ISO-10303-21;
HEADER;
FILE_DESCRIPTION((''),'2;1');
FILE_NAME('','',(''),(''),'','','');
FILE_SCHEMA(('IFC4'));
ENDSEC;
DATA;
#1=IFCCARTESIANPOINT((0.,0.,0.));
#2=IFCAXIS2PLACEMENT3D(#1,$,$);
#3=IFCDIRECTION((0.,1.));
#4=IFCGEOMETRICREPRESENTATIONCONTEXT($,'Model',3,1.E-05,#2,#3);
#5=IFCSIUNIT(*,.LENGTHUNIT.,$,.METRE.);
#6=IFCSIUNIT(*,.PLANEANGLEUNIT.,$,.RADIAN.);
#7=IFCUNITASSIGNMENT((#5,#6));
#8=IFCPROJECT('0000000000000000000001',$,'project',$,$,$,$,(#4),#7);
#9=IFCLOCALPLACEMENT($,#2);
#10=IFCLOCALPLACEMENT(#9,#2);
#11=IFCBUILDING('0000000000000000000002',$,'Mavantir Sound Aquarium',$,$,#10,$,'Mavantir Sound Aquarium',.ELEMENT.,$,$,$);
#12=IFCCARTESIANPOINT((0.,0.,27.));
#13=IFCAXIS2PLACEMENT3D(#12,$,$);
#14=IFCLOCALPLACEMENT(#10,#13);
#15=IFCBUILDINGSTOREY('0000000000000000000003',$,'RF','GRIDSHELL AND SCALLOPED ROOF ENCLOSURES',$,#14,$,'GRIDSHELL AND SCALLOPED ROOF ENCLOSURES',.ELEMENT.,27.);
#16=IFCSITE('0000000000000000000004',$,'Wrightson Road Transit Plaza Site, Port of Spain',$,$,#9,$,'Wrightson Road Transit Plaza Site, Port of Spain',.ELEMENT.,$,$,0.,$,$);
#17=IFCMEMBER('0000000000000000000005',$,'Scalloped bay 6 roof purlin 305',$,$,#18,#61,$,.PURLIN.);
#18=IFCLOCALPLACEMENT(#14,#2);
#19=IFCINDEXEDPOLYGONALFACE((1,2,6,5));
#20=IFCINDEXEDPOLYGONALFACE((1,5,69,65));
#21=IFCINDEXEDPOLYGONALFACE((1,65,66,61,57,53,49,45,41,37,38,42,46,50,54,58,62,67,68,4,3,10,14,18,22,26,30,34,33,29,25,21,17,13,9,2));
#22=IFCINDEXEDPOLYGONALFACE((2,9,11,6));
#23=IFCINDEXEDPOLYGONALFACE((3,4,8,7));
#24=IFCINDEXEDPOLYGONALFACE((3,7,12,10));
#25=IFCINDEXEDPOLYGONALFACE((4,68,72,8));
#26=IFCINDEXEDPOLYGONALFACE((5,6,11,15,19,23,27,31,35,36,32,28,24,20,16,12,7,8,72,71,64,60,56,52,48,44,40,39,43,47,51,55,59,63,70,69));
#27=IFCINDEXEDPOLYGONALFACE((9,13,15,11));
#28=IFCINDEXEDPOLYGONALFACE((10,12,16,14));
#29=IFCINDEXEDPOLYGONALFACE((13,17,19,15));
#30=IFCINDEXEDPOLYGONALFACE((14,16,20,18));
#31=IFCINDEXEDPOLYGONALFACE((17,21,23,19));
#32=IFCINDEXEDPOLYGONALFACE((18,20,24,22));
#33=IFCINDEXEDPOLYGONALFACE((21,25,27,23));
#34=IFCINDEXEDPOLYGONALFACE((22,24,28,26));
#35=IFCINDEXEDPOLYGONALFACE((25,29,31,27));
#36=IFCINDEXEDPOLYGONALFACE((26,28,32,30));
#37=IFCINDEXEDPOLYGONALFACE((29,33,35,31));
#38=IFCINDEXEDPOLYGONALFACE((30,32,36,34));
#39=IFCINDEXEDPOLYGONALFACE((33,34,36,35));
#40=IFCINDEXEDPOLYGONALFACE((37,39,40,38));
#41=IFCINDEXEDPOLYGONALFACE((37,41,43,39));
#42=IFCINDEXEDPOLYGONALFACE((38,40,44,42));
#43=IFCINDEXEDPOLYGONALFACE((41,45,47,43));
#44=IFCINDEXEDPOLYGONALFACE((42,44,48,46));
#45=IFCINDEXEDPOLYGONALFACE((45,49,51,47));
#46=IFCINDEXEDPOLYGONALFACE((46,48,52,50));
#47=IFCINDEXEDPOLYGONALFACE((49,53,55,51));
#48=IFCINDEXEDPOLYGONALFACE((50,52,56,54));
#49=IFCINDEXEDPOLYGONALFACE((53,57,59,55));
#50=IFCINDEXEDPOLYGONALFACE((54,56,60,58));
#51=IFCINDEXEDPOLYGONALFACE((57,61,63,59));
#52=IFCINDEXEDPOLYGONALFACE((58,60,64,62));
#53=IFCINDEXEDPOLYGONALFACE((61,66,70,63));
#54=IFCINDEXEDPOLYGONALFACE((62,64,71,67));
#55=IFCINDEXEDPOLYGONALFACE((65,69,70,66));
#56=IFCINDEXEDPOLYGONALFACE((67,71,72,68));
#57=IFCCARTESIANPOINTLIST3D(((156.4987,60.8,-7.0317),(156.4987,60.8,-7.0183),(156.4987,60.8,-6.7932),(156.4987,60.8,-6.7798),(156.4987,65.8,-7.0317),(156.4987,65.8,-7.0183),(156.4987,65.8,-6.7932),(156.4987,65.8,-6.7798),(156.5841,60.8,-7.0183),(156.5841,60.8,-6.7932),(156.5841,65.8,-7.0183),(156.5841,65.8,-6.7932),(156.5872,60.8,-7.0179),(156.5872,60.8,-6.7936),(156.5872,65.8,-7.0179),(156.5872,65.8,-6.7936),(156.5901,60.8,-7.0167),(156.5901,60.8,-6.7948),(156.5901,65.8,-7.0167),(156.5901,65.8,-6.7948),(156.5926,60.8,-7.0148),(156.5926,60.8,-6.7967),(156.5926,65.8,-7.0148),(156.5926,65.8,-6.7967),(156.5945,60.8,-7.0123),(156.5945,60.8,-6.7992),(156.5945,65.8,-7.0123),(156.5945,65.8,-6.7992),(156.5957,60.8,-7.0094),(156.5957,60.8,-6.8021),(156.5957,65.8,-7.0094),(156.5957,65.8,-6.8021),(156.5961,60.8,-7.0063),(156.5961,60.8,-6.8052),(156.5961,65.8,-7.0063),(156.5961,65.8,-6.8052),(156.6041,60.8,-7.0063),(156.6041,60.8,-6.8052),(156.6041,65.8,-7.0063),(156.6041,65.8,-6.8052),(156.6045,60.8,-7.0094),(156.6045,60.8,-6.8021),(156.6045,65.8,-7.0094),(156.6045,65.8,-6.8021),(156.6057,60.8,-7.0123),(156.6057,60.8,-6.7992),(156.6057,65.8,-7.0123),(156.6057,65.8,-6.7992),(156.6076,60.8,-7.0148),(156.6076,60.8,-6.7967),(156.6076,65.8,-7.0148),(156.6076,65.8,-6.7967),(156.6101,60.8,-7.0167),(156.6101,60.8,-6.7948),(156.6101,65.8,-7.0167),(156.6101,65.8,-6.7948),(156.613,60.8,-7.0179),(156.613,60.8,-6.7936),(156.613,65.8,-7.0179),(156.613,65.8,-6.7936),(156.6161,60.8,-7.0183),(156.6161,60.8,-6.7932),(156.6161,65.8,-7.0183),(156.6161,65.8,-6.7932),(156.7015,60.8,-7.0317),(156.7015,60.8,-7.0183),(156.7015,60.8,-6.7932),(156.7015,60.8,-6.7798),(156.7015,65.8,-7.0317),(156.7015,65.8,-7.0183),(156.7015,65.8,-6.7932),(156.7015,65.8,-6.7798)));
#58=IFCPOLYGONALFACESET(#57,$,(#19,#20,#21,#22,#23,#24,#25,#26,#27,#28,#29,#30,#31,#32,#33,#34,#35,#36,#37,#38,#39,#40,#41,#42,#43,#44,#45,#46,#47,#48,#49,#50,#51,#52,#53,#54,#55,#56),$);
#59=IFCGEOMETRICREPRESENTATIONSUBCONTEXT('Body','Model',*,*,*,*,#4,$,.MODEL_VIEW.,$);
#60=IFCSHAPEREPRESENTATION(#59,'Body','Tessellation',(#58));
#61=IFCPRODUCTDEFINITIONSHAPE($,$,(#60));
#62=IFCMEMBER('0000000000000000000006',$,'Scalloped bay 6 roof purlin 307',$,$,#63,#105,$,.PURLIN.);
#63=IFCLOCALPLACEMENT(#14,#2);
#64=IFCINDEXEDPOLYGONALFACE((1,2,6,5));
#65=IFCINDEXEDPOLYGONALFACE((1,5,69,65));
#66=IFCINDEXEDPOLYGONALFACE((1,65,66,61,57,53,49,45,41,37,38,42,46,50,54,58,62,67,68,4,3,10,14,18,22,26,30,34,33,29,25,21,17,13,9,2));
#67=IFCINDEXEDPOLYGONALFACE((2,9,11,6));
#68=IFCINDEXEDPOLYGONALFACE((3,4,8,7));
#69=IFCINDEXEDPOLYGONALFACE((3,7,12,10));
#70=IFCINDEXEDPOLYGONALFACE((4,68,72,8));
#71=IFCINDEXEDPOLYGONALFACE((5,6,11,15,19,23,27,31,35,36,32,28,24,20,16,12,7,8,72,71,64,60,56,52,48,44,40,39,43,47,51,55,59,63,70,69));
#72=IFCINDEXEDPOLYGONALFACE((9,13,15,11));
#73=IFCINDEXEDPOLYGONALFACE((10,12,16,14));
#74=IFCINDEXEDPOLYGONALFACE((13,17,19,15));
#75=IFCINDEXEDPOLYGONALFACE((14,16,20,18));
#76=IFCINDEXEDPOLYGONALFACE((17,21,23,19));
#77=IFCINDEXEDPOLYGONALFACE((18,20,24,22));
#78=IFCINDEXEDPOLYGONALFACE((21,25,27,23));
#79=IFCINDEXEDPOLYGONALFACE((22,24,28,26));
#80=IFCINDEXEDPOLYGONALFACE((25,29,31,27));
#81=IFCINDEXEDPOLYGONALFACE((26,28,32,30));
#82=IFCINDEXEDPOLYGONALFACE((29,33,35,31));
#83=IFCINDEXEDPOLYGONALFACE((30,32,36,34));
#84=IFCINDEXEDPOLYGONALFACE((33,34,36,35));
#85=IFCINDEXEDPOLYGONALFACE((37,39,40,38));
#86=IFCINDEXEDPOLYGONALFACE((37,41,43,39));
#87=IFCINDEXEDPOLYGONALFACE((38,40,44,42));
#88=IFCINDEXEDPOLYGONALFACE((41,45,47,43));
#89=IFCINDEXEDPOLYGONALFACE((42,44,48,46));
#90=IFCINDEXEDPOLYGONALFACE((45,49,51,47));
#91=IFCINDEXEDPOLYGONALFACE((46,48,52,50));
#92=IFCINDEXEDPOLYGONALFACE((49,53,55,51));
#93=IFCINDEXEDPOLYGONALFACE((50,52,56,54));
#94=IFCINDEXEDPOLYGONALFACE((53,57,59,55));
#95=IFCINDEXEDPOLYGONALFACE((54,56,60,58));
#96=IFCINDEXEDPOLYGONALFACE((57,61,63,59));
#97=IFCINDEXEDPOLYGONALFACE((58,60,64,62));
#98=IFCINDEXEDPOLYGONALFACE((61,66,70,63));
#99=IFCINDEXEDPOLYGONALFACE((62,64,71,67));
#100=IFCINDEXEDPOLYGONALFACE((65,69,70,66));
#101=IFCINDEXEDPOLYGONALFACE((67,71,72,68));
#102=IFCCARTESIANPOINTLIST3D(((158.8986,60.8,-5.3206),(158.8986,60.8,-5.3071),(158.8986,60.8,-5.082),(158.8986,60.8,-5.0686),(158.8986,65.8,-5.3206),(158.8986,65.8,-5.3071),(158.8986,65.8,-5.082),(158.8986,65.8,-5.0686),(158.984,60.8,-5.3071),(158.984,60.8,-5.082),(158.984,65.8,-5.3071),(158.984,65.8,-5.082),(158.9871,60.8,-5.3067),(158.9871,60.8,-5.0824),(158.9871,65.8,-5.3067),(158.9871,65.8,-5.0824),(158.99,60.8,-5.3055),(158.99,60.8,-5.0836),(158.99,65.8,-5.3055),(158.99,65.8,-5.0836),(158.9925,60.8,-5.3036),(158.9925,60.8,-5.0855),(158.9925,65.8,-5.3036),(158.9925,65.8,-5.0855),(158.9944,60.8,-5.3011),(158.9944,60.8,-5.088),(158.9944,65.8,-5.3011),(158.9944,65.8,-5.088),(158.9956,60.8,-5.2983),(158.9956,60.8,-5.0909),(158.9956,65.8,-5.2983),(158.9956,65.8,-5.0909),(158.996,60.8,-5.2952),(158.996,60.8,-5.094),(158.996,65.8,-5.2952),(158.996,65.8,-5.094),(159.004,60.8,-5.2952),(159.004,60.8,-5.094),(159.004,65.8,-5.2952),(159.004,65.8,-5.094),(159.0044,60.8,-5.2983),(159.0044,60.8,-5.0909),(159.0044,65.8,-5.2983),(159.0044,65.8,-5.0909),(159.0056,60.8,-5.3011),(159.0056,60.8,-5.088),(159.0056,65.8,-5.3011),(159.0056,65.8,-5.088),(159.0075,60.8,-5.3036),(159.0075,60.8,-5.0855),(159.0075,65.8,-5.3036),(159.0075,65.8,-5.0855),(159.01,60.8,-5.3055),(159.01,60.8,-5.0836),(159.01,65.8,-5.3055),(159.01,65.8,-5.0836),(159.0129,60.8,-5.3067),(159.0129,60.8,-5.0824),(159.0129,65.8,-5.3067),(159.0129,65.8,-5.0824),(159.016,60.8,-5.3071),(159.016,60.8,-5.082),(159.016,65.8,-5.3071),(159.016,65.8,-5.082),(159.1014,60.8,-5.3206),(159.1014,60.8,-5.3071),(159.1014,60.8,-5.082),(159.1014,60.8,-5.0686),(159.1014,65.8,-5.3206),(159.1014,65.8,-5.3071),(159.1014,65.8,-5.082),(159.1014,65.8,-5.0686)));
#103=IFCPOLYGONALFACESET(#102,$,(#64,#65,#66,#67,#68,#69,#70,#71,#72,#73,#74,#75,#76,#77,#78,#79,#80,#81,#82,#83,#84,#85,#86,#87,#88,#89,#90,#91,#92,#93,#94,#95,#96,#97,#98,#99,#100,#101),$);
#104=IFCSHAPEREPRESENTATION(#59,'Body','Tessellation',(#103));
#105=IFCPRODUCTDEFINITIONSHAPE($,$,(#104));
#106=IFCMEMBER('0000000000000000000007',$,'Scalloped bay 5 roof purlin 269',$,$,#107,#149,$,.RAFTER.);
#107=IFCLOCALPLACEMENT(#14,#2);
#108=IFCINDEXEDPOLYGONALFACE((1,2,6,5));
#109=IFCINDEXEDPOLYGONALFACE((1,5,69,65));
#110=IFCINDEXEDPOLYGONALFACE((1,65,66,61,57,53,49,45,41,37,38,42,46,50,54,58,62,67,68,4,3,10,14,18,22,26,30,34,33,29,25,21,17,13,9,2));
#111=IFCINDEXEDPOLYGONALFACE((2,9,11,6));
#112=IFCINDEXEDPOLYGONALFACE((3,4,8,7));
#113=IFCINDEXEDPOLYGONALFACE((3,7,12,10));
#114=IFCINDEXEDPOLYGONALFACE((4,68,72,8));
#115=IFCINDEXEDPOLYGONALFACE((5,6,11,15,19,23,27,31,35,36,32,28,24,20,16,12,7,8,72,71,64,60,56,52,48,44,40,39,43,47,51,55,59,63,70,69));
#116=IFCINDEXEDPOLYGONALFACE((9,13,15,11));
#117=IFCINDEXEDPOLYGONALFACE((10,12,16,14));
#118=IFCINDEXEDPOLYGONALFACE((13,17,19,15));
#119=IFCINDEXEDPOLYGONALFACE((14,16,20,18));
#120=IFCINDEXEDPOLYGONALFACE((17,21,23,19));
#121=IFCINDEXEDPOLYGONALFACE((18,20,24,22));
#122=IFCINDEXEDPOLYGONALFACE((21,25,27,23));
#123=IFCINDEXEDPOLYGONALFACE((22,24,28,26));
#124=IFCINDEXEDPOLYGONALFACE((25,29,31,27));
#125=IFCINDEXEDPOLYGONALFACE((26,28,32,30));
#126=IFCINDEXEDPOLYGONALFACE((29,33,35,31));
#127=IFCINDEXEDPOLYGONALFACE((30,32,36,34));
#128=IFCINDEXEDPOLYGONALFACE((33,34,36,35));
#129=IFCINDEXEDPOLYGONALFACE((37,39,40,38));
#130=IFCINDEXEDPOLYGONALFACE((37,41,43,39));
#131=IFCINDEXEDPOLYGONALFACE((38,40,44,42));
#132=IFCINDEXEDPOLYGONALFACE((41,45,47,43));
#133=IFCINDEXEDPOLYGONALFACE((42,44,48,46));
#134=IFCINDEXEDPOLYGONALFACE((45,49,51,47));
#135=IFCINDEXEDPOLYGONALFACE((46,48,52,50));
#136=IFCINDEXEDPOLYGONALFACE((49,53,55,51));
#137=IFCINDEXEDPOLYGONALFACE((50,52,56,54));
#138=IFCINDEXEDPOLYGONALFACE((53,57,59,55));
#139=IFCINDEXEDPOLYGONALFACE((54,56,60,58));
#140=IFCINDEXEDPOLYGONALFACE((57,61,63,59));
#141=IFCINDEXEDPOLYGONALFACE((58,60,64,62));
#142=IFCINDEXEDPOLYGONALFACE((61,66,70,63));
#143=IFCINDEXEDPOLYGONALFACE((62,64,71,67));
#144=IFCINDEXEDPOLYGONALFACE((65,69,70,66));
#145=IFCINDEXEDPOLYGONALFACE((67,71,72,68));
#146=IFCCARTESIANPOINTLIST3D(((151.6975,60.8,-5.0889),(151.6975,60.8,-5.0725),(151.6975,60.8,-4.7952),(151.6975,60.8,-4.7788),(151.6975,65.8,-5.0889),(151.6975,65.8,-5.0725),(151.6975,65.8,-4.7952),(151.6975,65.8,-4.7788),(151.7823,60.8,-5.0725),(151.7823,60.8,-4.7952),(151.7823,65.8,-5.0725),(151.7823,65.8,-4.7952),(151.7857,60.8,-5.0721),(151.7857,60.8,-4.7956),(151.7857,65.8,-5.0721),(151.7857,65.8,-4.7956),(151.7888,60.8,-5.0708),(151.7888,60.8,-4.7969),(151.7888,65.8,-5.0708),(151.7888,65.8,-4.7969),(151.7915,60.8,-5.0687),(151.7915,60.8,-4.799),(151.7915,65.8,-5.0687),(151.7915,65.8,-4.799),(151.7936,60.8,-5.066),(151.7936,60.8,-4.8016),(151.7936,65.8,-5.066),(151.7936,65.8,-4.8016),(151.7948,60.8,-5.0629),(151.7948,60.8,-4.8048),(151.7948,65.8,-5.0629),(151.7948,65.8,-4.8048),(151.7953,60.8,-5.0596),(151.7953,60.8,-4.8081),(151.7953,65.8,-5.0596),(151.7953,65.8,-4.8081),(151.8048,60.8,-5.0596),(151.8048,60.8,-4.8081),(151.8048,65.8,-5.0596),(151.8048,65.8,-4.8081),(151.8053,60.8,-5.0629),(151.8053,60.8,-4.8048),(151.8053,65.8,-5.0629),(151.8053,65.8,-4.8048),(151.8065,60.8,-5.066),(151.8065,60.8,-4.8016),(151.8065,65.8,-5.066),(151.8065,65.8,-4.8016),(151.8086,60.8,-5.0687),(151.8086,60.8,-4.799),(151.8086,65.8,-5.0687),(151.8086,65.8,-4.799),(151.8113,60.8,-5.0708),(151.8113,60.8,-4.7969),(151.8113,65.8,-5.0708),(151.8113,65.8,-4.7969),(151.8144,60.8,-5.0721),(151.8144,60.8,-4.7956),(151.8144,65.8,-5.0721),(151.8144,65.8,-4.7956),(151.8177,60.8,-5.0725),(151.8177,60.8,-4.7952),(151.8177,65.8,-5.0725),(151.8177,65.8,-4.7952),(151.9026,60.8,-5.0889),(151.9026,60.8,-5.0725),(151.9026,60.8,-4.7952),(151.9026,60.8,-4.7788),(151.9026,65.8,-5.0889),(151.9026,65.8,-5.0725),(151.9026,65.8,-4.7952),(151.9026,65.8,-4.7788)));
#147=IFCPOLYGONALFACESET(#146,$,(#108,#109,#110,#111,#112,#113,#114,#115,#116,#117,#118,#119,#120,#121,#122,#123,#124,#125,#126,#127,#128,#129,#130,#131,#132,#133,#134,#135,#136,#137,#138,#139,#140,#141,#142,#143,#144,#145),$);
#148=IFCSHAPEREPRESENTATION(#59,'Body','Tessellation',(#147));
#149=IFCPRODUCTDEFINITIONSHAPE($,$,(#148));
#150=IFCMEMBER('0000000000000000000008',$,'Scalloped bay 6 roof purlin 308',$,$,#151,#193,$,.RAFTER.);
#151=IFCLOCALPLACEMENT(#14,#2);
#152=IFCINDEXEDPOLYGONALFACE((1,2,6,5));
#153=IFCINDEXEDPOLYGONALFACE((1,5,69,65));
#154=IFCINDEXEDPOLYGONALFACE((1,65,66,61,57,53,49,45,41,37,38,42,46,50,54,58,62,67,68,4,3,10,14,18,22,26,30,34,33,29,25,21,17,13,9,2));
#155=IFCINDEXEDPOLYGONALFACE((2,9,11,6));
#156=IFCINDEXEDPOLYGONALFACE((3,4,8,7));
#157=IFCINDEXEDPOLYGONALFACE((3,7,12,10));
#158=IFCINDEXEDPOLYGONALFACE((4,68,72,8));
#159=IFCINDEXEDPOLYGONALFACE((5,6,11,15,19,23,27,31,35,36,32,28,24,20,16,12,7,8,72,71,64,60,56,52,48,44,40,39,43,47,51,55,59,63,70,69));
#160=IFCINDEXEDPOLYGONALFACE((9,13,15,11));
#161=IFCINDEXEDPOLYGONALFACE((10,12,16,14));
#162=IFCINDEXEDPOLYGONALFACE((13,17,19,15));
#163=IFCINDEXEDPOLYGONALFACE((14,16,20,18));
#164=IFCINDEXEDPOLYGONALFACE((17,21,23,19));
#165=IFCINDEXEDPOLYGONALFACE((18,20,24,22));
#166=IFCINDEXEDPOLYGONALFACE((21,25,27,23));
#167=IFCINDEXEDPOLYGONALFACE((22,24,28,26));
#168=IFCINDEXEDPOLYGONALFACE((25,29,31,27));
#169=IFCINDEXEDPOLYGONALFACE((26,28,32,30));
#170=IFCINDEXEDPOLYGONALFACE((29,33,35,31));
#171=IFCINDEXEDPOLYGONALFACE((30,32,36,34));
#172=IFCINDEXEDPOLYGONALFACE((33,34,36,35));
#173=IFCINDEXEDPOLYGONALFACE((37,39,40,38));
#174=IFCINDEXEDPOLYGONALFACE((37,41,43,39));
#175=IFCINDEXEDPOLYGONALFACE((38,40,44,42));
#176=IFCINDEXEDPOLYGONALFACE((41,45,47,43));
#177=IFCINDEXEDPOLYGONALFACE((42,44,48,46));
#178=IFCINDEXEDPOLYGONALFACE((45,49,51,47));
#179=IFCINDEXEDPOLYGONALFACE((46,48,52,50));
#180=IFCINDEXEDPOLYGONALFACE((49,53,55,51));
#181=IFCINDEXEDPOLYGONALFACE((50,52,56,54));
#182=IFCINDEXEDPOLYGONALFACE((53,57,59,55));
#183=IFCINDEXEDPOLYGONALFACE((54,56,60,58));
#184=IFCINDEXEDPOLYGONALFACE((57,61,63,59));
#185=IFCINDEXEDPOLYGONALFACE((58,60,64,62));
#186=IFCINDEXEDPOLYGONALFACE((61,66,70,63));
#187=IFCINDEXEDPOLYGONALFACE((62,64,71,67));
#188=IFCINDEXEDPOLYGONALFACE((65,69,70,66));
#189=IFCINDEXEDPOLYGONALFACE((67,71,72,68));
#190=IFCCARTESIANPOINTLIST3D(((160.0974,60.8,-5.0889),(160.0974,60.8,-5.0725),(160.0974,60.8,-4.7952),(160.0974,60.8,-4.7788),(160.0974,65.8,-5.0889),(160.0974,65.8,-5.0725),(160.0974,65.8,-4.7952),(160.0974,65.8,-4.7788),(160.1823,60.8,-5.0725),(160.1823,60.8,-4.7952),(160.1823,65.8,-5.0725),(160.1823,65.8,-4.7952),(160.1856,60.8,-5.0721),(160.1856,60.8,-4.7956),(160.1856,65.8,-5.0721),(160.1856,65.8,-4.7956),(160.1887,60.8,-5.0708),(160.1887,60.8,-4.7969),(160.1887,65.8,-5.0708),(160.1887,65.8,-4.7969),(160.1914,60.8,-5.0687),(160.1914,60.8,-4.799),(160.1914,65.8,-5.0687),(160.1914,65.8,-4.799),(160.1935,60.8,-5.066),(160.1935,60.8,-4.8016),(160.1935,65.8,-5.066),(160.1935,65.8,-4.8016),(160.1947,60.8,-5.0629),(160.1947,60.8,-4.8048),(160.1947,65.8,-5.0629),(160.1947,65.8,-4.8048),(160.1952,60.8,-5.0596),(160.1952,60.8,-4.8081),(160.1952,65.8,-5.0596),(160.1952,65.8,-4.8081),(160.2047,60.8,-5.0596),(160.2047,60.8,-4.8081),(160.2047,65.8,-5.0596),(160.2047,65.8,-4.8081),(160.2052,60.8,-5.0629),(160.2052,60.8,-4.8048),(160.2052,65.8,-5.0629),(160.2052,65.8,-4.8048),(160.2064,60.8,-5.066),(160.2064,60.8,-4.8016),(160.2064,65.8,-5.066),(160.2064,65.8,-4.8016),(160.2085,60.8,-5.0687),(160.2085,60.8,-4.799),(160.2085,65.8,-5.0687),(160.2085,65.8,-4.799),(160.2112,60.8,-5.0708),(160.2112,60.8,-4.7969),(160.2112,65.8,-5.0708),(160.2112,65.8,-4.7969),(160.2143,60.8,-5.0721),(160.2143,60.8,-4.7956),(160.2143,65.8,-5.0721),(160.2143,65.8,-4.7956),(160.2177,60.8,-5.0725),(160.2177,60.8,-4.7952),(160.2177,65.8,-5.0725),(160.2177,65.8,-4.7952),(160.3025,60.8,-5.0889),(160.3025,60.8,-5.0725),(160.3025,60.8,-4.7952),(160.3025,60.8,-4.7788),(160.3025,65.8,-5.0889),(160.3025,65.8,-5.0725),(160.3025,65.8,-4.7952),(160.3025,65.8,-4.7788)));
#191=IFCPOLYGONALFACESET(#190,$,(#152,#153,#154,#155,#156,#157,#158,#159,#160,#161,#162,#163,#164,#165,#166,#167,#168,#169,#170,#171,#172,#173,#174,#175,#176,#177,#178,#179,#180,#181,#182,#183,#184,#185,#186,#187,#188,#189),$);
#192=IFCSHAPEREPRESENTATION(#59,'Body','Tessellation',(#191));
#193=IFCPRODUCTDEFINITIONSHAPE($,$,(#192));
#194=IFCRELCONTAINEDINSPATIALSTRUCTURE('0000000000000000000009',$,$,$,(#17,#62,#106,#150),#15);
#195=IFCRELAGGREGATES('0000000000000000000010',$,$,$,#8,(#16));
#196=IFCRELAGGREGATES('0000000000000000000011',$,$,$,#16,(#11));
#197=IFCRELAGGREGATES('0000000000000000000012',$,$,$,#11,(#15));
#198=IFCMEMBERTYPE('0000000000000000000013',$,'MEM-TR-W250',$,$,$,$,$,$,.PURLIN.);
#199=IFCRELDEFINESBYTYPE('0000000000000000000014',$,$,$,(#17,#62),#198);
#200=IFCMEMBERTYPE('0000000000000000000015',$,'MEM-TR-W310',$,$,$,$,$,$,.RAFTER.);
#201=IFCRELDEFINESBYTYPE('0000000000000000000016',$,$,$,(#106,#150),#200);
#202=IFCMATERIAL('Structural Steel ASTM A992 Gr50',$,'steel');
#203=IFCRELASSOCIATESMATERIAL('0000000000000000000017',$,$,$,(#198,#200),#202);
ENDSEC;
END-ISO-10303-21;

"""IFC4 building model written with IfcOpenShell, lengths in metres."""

from ifc_helpers import new_model, si_unit, direction, frame, origin, origin_2d, place, context, subcontext, project, spatial, i_section, extrude, material, material_profile, profile_set, type_object, element, save


model = new_model("IFC4")

# Units and contexts
model_context = context("Model", 3, precision=1e-05, world=origin(), true_north=direction((0.0, 1.0)))
body_context = subcontext(model_context, "Body", "Model", "MODEL_VIEW")
ifc_project = project(units=[si_unit("LENGTHUNIT", "METRE"), si_unit("PLANEANGLEUNIT", "RADIAN")], contexts=[model_context])

# Site, building, storey
site_placement = place(None, origin())
site = spatial("IfcSite", under=ifc_project, at=site_placement, Name="Wrightson Road Transit Plaza Site, Port of Spain", LongName="Wrightson Road Transit Plaza Site, Port of Spain", CompositionType="ELEMENT", RefElevation=0.0)
building_placement = place(site_placement, origin())
building = spatial("IfcBuilding", under=site, at=building_placement, Name="Mavantir Sound Aquarium", LongName="Mavantir Sound Aquarium", CompositionType="ELEMENT")
storey_placement = place(building_placement, frame((0.0, 0.0, 27.0)))
storey = spatial("IfcBuildingStorey", under=building, at=storey_placement, Name="RF", Description="GRIDSHELL AND SCALLOPED ROOF ENCLOSURES", LongName="GRIDSHELL AND SCALLOPED ROOF ENCLOSURES", CompositionType="ELEMENT", Elevation=27.0)

# Shared definitions
ifc_material_1 = material(Name="Structural Steel ASTM A992 Gr50", Category="steel")

# Members
ifc_material_profile_1 = material_profile(ifc_material_1, i_section(OverallWidth=0.2029, OverallDepth=0.252, WebThickness=0.0081, FlangeThickness=0.0134, FilletRadius=0.012, at=origin_2d()), Name="W250X58")
ifc_profile_set_1 = profile_set([ifc_material_profile_1], Name="Structural Steel ASTM A992 Gr50")
member_type_1 = type_object("IfcMemberType", Name="MEM-TR-W250", PredefinedType="PURLIN", material=ifc_profile_set_1)
for number, where, z_axis, x_axis, name in (
    (1, (156.6001, 60.8, -6.9058), (0.0, 1.0, 0.0), (-1.0, 0.0, 0.0), "Scalloped bay 6 roof purlin 305"),
    (2, (159.0, 60.8, -5.1946), (0.0, 1.0, 0.0), (-1.0, 0.0, 0.0), "Scalloped bay 6 roof purlin 307"),
):
    element("IfcMember", number, at=place(storey_placement, frame(where, z_axis=z_axis, x_axis=x_axis)), inside=storey, type_object=member_type_1, Name=name, PredefinedType="PURLIN", context=body_context, shape_type="SweptSolid", body=[
        extrude(i_section(OverallWidth=0.2029, OverallDepth=0.252, WebThickness=0.0081, FlangeThickness=0.0134, FilletRadius=0.012, at=origin_2d()), origin(), (0.0, 0.0, 1.0), 5.0),
    ])
ifc_material_profile_2 = material_profile(ifc_material_1, i_section(OverallWidth=0.2051, OverallDepth=0.3101, WebThickness=0.0095, FlangeThickness=0.0164, FilletRadius=0.0129, at=origin_2d()), Name="W310X74")
ifc_profile_set_2 = profile_set([ifc_material_profile_2], Name="Structural Steel ASTM A992 Gr50")
member_type_2 = type_object("IfcMemberType", Name="MEM-TR-W310", PredefinedType="RAFTER", material=ifc_profile_set_2)
for number, where, z_axis, x_axis, name in (
    (3, (151.8, 60.8, -4.9338), (0.0, 1.0, 0.0), (-1.0, 0.0, 0.0), "Scalloped bay 5 roof purlin 269"),
    (4, (160.2, 60.8, -4.9338), (0.0, 1.0, 0.0), (-1.0, 0.0, 0.0), "Scalloped bay 6 roof purlin 308"),
):
    element("IfcMember", number, at=place(storey_placement, frame(where, z_axis=z_axis, x_axis=x_axis)), inside=storey, type_object=member_type_2, Name=name, PredefinedType="RAFTER", context=body_context, shape_type="SweptSolid", body=[
        extrude(i_section(OverallWidth=0.2051, OverallDepth=0.3101, WebThickness=0.0095, FlangeThickness=0.0164, FilletRadius=0.0129, at=origin_2d()), origin(), (0.0, 0.0, 1.0), 5.0),
    ])

save(model, "model.ifc")
